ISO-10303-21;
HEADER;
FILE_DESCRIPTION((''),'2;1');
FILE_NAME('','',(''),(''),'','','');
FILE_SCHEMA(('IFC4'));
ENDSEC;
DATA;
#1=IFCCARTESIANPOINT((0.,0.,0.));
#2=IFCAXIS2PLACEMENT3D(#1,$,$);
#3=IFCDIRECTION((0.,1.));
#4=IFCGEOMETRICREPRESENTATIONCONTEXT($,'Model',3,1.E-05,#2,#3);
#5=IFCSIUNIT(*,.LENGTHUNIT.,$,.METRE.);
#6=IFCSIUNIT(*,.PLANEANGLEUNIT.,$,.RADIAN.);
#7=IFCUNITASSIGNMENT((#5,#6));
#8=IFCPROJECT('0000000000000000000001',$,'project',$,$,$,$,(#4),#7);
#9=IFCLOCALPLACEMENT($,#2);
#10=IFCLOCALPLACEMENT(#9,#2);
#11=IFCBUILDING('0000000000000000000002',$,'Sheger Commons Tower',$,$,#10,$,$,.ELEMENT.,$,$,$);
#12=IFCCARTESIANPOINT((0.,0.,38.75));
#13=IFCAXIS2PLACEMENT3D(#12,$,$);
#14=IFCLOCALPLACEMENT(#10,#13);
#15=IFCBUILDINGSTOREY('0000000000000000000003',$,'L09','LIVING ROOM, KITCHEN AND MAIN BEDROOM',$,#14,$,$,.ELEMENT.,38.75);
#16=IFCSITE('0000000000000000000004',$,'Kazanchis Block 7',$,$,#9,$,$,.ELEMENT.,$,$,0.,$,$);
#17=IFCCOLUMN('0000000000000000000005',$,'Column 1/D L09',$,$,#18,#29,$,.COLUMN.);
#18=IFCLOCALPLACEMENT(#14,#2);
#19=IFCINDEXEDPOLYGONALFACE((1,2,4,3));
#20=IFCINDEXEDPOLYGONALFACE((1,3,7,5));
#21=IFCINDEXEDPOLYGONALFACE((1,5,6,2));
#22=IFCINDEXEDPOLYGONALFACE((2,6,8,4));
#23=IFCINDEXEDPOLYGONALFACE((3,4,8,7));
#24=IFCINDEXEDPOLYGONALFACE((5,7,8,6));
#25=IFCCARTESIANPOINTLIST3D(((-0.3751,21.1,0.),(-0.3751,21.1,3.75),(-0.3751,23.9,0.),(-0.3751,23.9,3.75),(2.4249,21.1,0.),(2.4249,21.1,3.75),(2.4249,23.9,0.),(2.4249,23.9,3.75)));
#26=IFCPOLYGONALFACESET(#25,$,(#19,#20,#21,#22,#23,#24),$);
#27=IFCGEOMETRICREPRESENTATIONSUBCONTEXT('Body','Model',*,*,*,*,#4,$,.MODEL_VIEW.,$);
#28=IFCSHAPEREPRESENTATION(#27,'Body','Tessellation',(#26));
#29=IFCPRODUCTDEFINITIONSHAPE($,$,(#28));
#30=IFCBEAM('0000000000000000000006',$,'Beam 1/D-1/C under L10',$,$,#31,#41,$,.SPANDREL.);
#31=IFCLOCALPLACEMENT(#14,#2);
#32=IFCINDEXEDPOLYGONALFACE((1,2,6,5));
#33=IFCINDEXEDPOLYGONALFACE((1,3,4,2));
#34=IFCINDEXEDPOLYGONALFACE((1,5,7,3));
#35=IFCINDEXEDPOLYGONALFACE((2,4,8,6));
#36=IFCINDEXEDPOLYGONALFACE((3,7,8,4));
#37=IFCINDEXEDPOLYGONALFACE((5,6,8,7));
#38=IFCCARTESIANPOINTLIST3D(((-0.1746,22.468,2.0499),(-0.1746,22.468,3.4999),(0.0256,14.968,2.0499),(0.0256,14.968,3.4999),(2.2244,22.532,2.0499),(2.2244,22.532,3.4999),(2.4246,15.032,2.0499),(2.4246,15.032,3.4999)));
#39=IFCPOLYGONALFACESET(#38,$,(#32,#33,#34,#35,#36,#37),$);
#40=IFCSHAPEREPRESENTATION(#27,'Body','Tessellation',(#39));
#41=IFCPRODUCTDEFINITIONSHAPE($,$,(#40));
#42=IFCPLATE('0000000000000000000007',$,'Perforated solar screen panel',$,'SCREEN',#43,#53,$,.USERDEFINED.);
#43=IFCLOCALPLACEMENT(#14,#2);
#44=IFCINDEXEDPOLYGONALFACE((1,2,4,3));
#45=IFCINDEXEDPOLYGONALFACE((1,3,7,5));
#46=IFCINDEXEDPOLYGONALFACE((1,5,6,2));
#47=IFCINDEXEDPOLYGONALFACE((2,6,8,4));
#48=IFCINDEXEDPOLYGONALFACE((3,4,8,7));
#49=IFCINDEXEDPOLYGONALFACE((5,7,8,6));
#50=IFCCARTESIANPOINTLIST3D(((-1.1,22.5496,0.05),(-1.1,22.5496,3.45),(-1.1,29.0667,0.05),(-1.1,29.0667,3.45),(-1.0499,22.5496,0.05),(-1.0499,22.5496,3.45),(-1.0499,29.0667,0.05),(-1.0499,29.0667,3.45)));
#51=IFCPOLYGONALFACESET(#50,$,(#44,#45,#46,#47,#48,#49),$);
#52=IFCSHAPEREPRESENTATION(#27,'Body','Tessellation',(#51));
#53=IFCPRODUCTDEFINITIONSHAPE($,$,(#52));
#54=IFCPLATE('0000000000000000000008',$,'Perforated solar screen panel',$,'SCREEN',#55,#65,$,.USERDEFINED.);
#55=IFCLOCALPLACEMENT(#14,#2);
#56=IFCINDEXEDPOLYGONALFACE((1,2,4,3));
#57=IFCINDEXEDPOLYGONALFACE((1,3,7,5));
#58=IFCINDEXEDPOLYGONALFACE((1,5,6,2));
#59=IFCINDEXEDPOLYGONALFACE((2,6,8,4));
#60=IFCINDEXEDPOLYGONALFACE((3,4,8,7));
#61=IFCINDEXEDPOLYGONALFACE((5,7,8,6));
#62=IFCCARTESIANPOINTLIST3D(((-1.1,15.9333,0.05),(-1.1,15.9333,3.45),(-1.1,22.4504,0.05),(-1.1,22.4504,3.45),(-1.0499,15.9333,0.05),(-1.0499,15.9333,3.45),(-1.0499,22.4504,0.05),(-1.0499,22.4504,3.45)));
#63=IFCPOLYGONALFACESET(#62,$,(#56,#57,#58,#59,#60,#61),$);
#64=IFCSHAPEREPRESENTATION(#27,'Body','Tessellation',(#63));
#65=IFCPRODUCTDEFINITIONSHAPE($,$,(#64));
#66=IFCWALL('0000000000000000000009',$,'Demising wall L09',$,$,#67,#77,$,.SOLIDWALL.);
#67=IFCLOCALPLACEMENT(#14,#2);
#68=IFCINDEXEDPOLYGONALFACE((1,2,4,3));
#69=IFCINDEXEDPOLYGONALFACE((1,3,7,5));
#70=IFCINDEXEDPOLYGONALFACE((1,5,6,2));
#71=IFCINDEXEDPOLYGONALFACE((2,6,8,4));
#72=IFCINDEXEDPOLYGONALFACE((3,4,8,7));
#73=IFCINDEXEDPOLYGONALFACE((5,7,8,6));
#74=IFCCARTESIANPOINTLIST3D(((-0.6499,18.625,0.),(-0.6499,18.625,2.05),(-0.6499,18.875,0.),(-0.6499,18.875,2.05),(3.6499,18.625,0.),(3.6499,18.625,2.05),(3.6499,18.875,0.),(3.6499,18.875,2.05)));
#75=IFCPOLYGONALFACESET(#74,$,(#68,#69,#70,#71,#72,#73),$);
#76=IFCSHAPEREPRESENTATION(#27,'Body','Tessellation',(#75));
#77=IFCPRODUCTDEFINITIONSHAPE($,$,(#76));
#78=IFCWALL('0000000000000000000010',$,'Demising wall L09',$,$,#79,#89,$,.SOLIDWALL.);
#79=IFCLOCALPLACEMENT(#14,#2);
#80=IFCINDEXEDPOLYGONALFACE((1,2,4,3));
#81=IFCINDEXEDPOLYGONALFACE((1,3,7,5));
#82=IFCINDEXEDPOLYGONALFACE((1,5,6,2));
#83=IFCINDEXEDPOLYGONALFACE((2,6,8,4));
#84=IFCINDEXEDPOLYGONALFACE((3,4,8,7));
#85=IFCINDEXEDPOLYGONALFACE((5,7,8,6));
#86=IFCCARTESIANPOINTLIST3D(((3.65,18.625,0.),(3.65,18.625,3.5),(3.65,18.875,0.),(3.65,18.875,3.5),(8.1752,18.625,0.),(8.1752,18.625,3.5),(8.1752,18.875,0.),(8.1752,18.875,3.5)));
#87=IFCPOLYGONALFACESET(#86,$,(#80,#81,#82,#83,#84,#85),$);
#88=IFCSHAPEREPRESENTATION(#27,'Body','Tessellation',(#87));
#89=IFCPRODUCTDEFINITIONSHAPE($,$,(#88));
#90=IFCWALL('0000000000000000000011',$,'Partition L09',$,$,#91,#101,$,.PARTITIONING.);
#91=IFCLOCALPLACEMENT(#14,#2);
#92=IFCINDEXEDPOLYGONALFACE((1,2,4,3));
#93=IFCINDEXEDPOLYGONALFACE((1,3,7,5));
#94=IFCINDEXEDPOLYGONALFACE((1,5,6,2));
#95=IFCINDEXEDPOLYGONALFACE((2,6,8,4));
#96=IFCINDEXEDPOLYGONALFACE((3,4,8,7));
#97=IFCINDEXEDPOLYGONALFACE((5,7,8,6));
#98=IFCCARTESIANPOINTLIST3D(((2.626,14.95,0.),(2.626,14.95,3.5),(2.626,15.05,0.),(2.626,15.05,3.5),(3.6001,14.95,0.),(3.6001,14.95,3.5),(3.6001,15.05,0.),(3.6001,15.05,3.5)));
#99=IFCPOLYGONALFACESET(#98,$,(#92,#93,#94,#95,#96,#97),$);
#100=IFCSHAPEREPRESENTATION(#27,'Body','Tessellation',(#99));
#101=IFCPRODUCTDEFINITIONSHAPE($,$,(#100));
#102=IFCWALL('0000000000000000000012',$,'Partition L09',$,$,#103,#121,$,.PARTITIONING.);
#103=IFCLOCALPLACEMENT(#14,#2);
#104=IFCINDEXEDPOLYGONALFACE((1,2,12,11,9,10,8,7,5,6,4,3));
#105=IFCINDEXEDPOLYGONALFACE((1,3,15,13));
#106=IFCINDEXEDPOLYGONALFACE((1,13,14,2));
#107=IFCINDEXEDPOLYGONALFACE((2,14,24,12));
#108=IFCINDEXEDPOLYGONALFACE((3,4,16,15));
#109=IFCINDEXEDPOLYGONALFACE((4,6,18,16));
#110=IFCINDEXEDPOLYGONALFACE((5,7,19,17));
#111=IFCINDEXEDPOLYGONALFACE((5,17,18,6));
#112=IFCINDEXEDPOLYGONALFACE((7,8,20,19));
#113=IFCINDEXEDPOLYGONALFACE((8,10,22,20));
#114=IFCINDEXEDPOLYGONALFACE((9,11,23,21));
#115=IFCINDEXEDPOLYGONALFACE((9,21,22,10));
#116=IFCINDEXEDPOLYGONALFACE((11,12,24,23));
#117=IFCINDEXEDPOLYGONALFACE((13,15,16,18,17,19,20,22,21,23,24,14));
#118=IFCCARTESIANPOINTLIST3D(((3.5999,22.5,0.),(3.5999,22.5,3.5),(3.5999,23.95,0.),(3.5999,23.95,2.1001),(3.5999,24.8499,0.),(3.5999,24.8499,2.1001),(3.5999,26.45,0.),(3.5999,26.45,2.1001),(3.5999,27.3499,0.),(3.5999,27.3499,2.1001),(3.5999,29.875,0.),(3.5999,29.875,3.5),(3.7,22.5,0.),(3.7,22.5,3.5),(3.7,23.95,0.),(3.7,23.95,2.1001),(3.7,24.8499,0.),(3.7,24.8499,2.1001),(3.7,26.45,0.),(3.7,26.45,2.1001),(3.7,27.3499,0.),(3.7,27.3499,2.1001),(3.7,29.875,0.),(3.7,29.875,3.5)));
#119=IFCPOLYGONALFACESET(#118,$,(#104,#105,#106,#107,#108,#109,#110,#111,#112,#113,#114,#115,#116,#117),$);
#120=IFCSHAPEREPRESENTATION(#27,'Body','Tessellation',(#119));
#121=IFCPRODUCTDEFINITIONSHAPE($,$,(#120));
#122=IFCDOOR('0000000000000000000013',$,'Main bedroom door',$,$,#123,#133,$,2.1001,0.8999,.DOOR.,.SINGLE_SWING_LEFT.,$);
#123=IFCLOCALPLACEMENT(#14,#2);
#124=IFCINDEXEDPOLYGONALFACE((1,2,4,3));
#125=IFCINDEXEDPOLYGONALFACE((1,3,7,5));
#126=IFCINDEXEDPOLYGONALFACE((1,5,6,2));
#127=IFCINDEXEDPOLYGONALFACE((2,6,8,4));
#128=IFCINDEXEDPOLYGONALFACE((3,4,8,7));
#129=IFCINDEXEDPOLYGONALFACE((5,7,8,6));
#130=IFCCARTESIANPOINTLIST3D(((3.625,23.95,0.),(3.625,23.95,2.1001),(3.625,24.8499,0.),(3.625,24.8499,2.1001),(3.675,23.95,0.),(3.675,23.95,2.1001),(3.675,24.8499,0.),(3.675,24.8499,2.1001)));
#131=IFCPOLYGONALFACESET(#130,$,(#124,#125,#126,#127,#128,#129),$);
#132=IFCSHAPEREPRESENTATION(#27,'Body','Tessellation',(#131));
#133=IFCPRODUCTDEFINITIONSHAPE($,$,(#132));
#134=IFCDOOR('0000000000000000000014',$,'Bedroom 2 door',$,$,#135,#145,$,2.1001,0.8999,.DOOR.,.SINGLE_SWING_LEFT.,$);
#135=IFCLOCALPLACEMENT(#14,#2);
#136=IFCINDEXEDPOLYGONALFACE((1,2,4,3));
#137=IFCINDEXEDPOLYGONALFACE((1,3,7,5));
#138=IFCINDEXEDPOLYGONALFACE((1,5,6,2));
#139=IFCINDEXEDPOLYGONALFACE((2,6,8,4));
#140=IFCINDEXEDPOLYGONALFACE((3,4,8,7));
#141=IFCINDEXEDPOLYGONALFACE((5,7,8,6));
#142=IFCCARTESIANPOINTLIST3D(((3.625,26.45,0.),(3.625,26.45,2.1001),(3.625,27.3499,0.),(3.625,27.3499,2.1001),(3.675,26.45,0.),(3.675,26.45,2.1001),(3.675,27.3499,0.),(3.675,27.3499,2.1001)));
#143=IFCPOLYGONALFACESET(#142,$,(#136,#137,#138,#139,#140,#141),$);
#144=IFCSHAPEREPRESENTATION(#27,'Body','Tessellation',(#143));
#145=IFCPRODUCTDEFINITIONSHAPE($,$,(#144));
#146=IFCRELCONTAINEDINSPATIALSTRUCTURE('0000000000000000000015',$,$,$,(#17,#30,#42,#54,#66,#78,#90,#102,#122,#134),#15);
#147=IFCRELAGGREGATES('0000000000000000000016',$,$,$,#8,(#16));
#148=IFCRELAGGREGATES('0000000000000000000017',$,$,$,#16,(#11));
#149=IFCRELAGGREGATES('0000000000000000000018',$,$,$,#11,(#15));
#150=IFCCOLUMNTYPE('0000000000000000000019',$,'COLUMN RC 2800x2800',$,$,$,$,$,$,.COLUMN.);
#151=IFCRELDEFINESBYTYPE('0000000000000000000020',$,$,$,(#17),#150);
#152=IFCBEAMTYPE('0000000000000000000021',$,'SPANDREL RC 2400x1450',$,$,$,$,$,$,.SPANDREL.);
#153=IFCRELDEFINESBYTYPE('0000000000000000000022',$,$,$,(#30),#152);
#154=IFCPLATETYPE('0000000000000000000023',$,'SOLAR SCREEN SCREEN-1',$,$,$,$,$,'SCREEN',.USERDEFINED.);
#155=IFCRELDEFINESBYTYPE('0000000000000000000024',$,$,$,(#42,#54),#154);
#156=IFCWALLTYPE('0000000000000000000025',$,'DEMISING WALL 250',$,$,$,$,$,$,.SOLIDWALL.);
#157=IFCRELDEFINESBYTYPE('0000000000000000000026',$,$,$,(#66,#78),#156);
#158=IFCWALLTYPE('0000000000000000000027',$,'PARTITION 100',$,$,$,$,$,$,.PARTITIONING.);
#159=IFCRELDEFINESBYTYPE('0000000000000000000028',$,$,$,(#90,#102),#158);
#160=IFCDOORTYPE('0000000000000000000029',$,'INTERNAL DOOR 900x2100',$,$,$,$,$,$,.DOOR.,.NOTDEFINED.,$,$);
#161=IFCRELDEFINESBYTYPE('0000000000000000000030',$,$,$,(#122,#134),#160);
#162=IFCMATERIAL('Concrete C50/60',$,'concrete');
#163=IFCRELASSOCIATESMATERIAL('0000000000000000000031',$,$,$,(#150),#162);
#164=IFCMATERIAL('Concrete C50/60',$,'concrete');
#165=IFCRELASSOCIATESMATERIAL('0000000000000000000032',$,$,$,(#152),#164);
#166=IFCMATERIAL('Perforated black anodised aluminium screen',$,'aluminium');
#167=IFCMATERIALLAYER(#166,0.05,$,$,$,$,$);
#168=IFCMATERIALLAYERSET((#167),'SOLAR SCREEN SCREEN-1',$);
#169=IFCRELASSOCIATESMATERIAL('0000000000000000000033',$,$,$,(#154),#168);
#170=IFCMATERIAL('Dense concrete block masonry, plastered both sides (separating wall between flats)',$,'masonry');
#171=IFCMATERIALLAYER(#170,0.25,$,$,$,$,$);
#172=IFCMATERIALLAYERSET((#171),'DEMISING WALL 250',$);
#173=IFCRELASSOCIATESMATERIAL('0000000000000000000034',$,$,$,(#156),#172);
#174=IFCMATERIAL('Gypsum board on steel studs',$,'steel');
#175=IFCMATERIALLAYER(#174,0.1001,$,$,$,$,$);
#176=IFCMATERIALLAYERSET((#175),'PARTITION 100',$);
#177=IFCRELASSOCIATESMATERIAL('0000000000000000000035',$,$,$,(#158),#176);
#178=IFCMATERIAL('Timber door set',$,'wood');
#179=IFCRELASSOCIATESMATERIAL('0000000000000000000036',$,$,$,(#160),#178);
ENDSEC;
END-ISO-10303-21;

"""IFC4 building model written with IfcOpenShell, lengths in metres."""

from ifc_helpers import new_model, si_unit, direction, frame, frame_2d, origin, origin_2d, place, context, subcontext, project, spatial, rectangle, extrude, material, layer, layer_set, material_profile, profile_set, type_object, element, fill, save


model = new_model("IFC4")

# Units and contexts
model_context = context("Model", 3, precision=1e-05, world=origin(), true_north=direction((0.0, 1.0)))
body_context = subcontext(model_context, "Body", "Model", "MODEL_VIEW")
ifc_project = project(units=[si_unit("LENGTHUNIT", "METRE"), si_unit("PLANEANGLEUNIT", "RADIAN")], contexts=[model_context])

# Site, building, storey
site_placement = place(None, origin())
site = spatial("IfcSite", under=ifc_project, at=site_placement, Name="Kazanchis Block 7", CompositionType="ELEMENT", RefElevation=0.0)
building_placement = place(site_placement, origin())
building = spatial("IfcBuilding", under=site, at=building_placement, Name="Sheger Commons Tower", CompositionType="ELEMENT")
storey_placement = place(building_placement, frame((0.0, 0.0, 38.75)))
storey = spatial("IfcBuildingStorey", under=building, at=storey_placement, Name="L09", Description="LIVING ROOM, KITCHEN AND MAIN BEDROOM", CompositionType="ELEMENT", Elevation=38.75)

# Column
ifc_material_1 = material(Name="Concrete C50/60", Category="concrete")
ifc_material_profile_1 = material_profile(ifc_material_1, rectangle(XDim=2.8, YDim=2.8, at=origin_2d()), Name="RC 2800x2800")
ifc_profile_set_1 = profile_set([ifc_material_profile_1], Name="Concrete C50/60")
column_type = type_object("IfcColumnType", Name="COLUMN RC 2800x2800", PredefinedType="COLUMN", material=ifc_profile_set_1)
column_placement = place(storey_placement, frame((1.0249, 22.5, 0.0), z_axis=(0.0, 0.0, 1.0), x_axis=(1.0, 0.0, 0.0)))
element("IfcColumn", 1, at=column_placement, inside=storey, type_object=column_type, Name="Column 1/D L09", PredefinedType="COLUMN", context=body_context, shape_type="SweptSolid", body=[
    extrude(rectangle(XDim=2.8, YDim=2.8, at=origin_2d()), origin(), (0.0, 0.0, 1.0), 3.75),
])

# Beam
ifc_material_2 = material(Name="Concrete C50/60", Category="concrete")
ifc_material_profile_2 = material_profile(ifc_material_2, rectangle(XDim=2.3999, YDim=1.45, at=origin_2d()), Name="RC 2400x1450")
ifc_profile_set_2 = profile_set([ifc_material_profile_2], Name="Concrete C50/60")
beam_type = type_object("IfcBeamType", Name="SPANDREL RC 2400x1450", PredefinedType="SPANDREL", material=ifc_profile_set_2)
beam_placement = place(storey_placement, frame((1.0249, 22.5, 2.7749), z_axis=(0.026683, -0.999644, 0.0), x_axis=(0.999644, 0.026683, 0.0)))
element("IfcBeam", 2, at=beam_placement, inside=storey, type_object=beam_type, Name="Beam 1/D-1/C under L10", PredefinedType="SPANDREL", context=body_context, shape_type="SweptSolid", body=[
    extrude(rectangle(XDim=2.3999, YDim=1.45, at=origin_2d()), origin(), (0.0, 0.0, 1.0), 7.5027),
])

# Plates
ifc_material_3 = material(Name="Perforated black anodised aluminium screen", Category="aluminium")
ifc_layer_1 = layer(ifc_material_3, 0.05)
ifc_layer_set_1 = layer_set([ifc_layer_1], Name="SOLAR SCREEN SCREEN-1")
plate_type = type_object("IfcPlateType", Name="SOLAR SCREEN SCREEN-1", ElementType="SCREEN", PredefinedType="USERDEFINED", material=ifc_layer_set_1)
for number, where, z_axis, x_axis, name in (
    (3, (-1.075, 25.8081, 0.05), (0.0, 0.0, 1.0), (0.0, -1.0, 0.0), "Perforated solar screen panel"),
    (4, (-1.075, 19.1919, 0.05), (0.0, 0.0, 1.0), (0.0, -1.0, 0.0), "Perforated solar screen panel"),
):
    element("IfcPlate", number, at=place(storey_placement, frame(where, z_axis=z_axis, x_axis=x_axis)), inside=storey, type_object=plate_type, Name=name, ObjectType="SCREEN", PredefinedType="USERDEFINED", context=body_context, shape_type="SweptSolid", body=[
        extrude(rectangle(XDim=6.5171, YDim=0.05, at=origin_2d()), origin(), (0.0, 0.0, 1.0), 3.3999),
    ])

# Walls
ifc_material_4 = material(Name="Dense concrete block masonry, plastered both sides (separating wall between flats)", Category="masonry")
ifc_layer_2 = layer(ifc_material_4, 0.25)
ifc_layer_set_2 = layer_set([ifc_layer_2], Name="DEMISING WALL 250")
wall_type_1 = type_object("IfcWallType", Name="DEMISING WALL 250", PredefinedType="SOLIDWALL", material=ifc_layer_set_2)
wall_1_placement = place(storey_placement, frame((-0.6499, 18.75, 0.0), z_axis=(0.0, 0.0, 1.0), x_axis=(1.0, 0.0, 0.0)))
element("IfcWall", 5, at=wall_1_placement, inside=storey, type_object=wall_type_1, Name="Demising wall L09", PredefinedType="SOLIDWALL", context=body_context, shape_type="SweptSolid", body=[
    extrude(rectangle(XDim=4.2998, YDim=0.25, at=frame_2d((2.1499, 0.0))), origin(), (0.0, 0.0, 1.0), 2.05),
])
wall_2_placement = place(storey_placement, frame((3.6499, 18.75, 0.0), z_axis=(0.0, 0.0, 1.0), x_axis=(1.0, 0.0, 0.0)))
element("IfcWall", 6, at=wall_2_placement, inside=storey, type_object=wall_type_1, Name="Demising wall L09", PredefinedType="SOLIDWALL", context=body_context, shape_type="SweptSolid", body=[
    extrude(rectangle(XDim=4.5251, YDim=0.25, at=frame_2d((2.2627, 0.0))), origin(), (0.0, 0.0, 1.0), 3.5),
])
ifc_material_5 = material(Name="Gypsum board on steel studs", Category="steel")
ifc_layer_3 = layer(ifc_material_5, 0.1001)
ifc_layer_set_3 = layer_set([ifc_layer_3], Name="PARTITION 100")
wall_type_2 = type_object("IfcWallType", Name="PARTITION 100", PredefinedType="PARTITIONING", material=ifc_layer_set_3)
wall_3_placement = place(storey_placement, frame((2.626, 15.0, 0.0), z_axis=(0.0, 0.0, 1.0), x_axis=(1.0, 0.0, 0.0)))
element("IfcWall", 7, at=wall_3_placement, inside=storey, type_object=wall_type_2, Name="Partition L09", PredefinedType="PARTITIONING", context=body_context, shape_type="SweptSolid", body=[
    extrude(rectangle(XDim=0.9741, YDim=0.1001, at=frame_2d((0.4871, 0.0))), origin(), (0.0, 0.0, 1.0), 3.5),
])

# Wall, openings, doors
wall_4_placement = place(storey_placement, frame((3.6499, 22.5, 0.0), z_axis=(0.0, 0.0, 1.0), x_axis=(0.0, 1.0, 0.0)))
wall_4 = element("IfcWall", 8, at=wall_4_placement, inside=storey, type_object=wall_type_2, Name="Partition L09", PredefinedType="PARTITIONING", context=body_context, shape_type="SweptSolid", body=[
    extrude(rectangle(XDim=7.375, YDim=0.1001, at=frame_2d((3.6875, 0.0))), origin(), (0.0, 0.0, 1.0), 3.5),
])
opening_1_placement = place(wall_4_placement, frame((1.45, 0.0, 0.0)))
opening_1 = element("IfcOpeningElement", 9, at=opening_1_placement, cuts=wall_4, PredefinedType="OPENING", context=body_context, shape_type="SweptSolid", body=[
    extrude(rectangle(XDim=0.8999, YDim=2.1001, at=frame_2d((0.45, 1.05))), frame((0.0, 0.0601, 0.0), z_axis=(0.0, -1.0, 0.0), x_axis=(1.0, 0.0, 0.0)), (0.0, 0.0, 1.0), 0.1201),
])
opening_2_placement = place(wall_4_placement, frame((3.95, 0.0, 0.0)))
opening_2 = element("IfcOpeningElement", 10, at=opening_2_placement, cuts=wall_4, PredefinedType="OPENING", context=body_context, shape_type="SweptSolid", body=[
    extrude(rectangle(XDim=0.8999, YDim=2.1001, at=frame_2d((0.45, 1.05))), frame((0.0, 0.0601, 0.0), z_axis=(0.0, -1.0, 0.0), x_axis=(1.0, 0.0, 0.0)), (0.0, 0.0, 1.0), 0.1201),
])
ifc_material_6 = material(Name="Timber door set", Category="wood")
door_type = type_object("IfcDoorType", Name="INTERNAL DOOR 900x2100", OperationType="NOTDEFINED", PredefinedType="DOOR", material=ifc_material_6)
door_1_placement = place(opening_1_placement, origin())
door_1 = element("IfcDoor", 11, at=door_1_placement, inside=storey, type_object=door_type, Name="Main bedroom door", OperationType="SINGLE_SWING_LEFT", OverallHeight=2.1001, OverallWidth=0.8999, PredefinedType="DOOR", context=body_context, shape_type="SweptSolid", body=[
    extrude(rectangle(XDim=0.8999, YDim=2.1001, at=frame_2d((0.45, 1.05))), frame((0.0, 0.0249, 0.0), z_axis=(0.0, -1.0, 0.0), x_axis=(1.0, 0.0, 0.0)), (0.0, 0.0, 1.0), 0.05),
])
fill(opening_1, door_1)
door_2_placement = place(opening_2_placement, origin())
door_2 = element("IfcDoor", 12, at=door_2_placement, inside=storey, type_object=door_type, Name="Bedroom 2 door", OperationType="SINGLE_SWING_LEFT", OverallHeight=2.1001, OverallWidth=0.8999, PredefinedType="DOOR", context=body_context, shape_type="SweptSolid", body=[
    extrude(rectangle(XDim=0.8999, YDim=2.1001, at=frame_2d((0.45, 1.05))), frame((0.0, 0.0249, 0.0), z_axis=(0.0, -1.0, 0.0), x_axis=(1.0, 0.0, 0.0)), (0.0, 0.0, 1.0), 0.05),
])
fill(opening_2, door_2)

save(model, "model.ifc")
